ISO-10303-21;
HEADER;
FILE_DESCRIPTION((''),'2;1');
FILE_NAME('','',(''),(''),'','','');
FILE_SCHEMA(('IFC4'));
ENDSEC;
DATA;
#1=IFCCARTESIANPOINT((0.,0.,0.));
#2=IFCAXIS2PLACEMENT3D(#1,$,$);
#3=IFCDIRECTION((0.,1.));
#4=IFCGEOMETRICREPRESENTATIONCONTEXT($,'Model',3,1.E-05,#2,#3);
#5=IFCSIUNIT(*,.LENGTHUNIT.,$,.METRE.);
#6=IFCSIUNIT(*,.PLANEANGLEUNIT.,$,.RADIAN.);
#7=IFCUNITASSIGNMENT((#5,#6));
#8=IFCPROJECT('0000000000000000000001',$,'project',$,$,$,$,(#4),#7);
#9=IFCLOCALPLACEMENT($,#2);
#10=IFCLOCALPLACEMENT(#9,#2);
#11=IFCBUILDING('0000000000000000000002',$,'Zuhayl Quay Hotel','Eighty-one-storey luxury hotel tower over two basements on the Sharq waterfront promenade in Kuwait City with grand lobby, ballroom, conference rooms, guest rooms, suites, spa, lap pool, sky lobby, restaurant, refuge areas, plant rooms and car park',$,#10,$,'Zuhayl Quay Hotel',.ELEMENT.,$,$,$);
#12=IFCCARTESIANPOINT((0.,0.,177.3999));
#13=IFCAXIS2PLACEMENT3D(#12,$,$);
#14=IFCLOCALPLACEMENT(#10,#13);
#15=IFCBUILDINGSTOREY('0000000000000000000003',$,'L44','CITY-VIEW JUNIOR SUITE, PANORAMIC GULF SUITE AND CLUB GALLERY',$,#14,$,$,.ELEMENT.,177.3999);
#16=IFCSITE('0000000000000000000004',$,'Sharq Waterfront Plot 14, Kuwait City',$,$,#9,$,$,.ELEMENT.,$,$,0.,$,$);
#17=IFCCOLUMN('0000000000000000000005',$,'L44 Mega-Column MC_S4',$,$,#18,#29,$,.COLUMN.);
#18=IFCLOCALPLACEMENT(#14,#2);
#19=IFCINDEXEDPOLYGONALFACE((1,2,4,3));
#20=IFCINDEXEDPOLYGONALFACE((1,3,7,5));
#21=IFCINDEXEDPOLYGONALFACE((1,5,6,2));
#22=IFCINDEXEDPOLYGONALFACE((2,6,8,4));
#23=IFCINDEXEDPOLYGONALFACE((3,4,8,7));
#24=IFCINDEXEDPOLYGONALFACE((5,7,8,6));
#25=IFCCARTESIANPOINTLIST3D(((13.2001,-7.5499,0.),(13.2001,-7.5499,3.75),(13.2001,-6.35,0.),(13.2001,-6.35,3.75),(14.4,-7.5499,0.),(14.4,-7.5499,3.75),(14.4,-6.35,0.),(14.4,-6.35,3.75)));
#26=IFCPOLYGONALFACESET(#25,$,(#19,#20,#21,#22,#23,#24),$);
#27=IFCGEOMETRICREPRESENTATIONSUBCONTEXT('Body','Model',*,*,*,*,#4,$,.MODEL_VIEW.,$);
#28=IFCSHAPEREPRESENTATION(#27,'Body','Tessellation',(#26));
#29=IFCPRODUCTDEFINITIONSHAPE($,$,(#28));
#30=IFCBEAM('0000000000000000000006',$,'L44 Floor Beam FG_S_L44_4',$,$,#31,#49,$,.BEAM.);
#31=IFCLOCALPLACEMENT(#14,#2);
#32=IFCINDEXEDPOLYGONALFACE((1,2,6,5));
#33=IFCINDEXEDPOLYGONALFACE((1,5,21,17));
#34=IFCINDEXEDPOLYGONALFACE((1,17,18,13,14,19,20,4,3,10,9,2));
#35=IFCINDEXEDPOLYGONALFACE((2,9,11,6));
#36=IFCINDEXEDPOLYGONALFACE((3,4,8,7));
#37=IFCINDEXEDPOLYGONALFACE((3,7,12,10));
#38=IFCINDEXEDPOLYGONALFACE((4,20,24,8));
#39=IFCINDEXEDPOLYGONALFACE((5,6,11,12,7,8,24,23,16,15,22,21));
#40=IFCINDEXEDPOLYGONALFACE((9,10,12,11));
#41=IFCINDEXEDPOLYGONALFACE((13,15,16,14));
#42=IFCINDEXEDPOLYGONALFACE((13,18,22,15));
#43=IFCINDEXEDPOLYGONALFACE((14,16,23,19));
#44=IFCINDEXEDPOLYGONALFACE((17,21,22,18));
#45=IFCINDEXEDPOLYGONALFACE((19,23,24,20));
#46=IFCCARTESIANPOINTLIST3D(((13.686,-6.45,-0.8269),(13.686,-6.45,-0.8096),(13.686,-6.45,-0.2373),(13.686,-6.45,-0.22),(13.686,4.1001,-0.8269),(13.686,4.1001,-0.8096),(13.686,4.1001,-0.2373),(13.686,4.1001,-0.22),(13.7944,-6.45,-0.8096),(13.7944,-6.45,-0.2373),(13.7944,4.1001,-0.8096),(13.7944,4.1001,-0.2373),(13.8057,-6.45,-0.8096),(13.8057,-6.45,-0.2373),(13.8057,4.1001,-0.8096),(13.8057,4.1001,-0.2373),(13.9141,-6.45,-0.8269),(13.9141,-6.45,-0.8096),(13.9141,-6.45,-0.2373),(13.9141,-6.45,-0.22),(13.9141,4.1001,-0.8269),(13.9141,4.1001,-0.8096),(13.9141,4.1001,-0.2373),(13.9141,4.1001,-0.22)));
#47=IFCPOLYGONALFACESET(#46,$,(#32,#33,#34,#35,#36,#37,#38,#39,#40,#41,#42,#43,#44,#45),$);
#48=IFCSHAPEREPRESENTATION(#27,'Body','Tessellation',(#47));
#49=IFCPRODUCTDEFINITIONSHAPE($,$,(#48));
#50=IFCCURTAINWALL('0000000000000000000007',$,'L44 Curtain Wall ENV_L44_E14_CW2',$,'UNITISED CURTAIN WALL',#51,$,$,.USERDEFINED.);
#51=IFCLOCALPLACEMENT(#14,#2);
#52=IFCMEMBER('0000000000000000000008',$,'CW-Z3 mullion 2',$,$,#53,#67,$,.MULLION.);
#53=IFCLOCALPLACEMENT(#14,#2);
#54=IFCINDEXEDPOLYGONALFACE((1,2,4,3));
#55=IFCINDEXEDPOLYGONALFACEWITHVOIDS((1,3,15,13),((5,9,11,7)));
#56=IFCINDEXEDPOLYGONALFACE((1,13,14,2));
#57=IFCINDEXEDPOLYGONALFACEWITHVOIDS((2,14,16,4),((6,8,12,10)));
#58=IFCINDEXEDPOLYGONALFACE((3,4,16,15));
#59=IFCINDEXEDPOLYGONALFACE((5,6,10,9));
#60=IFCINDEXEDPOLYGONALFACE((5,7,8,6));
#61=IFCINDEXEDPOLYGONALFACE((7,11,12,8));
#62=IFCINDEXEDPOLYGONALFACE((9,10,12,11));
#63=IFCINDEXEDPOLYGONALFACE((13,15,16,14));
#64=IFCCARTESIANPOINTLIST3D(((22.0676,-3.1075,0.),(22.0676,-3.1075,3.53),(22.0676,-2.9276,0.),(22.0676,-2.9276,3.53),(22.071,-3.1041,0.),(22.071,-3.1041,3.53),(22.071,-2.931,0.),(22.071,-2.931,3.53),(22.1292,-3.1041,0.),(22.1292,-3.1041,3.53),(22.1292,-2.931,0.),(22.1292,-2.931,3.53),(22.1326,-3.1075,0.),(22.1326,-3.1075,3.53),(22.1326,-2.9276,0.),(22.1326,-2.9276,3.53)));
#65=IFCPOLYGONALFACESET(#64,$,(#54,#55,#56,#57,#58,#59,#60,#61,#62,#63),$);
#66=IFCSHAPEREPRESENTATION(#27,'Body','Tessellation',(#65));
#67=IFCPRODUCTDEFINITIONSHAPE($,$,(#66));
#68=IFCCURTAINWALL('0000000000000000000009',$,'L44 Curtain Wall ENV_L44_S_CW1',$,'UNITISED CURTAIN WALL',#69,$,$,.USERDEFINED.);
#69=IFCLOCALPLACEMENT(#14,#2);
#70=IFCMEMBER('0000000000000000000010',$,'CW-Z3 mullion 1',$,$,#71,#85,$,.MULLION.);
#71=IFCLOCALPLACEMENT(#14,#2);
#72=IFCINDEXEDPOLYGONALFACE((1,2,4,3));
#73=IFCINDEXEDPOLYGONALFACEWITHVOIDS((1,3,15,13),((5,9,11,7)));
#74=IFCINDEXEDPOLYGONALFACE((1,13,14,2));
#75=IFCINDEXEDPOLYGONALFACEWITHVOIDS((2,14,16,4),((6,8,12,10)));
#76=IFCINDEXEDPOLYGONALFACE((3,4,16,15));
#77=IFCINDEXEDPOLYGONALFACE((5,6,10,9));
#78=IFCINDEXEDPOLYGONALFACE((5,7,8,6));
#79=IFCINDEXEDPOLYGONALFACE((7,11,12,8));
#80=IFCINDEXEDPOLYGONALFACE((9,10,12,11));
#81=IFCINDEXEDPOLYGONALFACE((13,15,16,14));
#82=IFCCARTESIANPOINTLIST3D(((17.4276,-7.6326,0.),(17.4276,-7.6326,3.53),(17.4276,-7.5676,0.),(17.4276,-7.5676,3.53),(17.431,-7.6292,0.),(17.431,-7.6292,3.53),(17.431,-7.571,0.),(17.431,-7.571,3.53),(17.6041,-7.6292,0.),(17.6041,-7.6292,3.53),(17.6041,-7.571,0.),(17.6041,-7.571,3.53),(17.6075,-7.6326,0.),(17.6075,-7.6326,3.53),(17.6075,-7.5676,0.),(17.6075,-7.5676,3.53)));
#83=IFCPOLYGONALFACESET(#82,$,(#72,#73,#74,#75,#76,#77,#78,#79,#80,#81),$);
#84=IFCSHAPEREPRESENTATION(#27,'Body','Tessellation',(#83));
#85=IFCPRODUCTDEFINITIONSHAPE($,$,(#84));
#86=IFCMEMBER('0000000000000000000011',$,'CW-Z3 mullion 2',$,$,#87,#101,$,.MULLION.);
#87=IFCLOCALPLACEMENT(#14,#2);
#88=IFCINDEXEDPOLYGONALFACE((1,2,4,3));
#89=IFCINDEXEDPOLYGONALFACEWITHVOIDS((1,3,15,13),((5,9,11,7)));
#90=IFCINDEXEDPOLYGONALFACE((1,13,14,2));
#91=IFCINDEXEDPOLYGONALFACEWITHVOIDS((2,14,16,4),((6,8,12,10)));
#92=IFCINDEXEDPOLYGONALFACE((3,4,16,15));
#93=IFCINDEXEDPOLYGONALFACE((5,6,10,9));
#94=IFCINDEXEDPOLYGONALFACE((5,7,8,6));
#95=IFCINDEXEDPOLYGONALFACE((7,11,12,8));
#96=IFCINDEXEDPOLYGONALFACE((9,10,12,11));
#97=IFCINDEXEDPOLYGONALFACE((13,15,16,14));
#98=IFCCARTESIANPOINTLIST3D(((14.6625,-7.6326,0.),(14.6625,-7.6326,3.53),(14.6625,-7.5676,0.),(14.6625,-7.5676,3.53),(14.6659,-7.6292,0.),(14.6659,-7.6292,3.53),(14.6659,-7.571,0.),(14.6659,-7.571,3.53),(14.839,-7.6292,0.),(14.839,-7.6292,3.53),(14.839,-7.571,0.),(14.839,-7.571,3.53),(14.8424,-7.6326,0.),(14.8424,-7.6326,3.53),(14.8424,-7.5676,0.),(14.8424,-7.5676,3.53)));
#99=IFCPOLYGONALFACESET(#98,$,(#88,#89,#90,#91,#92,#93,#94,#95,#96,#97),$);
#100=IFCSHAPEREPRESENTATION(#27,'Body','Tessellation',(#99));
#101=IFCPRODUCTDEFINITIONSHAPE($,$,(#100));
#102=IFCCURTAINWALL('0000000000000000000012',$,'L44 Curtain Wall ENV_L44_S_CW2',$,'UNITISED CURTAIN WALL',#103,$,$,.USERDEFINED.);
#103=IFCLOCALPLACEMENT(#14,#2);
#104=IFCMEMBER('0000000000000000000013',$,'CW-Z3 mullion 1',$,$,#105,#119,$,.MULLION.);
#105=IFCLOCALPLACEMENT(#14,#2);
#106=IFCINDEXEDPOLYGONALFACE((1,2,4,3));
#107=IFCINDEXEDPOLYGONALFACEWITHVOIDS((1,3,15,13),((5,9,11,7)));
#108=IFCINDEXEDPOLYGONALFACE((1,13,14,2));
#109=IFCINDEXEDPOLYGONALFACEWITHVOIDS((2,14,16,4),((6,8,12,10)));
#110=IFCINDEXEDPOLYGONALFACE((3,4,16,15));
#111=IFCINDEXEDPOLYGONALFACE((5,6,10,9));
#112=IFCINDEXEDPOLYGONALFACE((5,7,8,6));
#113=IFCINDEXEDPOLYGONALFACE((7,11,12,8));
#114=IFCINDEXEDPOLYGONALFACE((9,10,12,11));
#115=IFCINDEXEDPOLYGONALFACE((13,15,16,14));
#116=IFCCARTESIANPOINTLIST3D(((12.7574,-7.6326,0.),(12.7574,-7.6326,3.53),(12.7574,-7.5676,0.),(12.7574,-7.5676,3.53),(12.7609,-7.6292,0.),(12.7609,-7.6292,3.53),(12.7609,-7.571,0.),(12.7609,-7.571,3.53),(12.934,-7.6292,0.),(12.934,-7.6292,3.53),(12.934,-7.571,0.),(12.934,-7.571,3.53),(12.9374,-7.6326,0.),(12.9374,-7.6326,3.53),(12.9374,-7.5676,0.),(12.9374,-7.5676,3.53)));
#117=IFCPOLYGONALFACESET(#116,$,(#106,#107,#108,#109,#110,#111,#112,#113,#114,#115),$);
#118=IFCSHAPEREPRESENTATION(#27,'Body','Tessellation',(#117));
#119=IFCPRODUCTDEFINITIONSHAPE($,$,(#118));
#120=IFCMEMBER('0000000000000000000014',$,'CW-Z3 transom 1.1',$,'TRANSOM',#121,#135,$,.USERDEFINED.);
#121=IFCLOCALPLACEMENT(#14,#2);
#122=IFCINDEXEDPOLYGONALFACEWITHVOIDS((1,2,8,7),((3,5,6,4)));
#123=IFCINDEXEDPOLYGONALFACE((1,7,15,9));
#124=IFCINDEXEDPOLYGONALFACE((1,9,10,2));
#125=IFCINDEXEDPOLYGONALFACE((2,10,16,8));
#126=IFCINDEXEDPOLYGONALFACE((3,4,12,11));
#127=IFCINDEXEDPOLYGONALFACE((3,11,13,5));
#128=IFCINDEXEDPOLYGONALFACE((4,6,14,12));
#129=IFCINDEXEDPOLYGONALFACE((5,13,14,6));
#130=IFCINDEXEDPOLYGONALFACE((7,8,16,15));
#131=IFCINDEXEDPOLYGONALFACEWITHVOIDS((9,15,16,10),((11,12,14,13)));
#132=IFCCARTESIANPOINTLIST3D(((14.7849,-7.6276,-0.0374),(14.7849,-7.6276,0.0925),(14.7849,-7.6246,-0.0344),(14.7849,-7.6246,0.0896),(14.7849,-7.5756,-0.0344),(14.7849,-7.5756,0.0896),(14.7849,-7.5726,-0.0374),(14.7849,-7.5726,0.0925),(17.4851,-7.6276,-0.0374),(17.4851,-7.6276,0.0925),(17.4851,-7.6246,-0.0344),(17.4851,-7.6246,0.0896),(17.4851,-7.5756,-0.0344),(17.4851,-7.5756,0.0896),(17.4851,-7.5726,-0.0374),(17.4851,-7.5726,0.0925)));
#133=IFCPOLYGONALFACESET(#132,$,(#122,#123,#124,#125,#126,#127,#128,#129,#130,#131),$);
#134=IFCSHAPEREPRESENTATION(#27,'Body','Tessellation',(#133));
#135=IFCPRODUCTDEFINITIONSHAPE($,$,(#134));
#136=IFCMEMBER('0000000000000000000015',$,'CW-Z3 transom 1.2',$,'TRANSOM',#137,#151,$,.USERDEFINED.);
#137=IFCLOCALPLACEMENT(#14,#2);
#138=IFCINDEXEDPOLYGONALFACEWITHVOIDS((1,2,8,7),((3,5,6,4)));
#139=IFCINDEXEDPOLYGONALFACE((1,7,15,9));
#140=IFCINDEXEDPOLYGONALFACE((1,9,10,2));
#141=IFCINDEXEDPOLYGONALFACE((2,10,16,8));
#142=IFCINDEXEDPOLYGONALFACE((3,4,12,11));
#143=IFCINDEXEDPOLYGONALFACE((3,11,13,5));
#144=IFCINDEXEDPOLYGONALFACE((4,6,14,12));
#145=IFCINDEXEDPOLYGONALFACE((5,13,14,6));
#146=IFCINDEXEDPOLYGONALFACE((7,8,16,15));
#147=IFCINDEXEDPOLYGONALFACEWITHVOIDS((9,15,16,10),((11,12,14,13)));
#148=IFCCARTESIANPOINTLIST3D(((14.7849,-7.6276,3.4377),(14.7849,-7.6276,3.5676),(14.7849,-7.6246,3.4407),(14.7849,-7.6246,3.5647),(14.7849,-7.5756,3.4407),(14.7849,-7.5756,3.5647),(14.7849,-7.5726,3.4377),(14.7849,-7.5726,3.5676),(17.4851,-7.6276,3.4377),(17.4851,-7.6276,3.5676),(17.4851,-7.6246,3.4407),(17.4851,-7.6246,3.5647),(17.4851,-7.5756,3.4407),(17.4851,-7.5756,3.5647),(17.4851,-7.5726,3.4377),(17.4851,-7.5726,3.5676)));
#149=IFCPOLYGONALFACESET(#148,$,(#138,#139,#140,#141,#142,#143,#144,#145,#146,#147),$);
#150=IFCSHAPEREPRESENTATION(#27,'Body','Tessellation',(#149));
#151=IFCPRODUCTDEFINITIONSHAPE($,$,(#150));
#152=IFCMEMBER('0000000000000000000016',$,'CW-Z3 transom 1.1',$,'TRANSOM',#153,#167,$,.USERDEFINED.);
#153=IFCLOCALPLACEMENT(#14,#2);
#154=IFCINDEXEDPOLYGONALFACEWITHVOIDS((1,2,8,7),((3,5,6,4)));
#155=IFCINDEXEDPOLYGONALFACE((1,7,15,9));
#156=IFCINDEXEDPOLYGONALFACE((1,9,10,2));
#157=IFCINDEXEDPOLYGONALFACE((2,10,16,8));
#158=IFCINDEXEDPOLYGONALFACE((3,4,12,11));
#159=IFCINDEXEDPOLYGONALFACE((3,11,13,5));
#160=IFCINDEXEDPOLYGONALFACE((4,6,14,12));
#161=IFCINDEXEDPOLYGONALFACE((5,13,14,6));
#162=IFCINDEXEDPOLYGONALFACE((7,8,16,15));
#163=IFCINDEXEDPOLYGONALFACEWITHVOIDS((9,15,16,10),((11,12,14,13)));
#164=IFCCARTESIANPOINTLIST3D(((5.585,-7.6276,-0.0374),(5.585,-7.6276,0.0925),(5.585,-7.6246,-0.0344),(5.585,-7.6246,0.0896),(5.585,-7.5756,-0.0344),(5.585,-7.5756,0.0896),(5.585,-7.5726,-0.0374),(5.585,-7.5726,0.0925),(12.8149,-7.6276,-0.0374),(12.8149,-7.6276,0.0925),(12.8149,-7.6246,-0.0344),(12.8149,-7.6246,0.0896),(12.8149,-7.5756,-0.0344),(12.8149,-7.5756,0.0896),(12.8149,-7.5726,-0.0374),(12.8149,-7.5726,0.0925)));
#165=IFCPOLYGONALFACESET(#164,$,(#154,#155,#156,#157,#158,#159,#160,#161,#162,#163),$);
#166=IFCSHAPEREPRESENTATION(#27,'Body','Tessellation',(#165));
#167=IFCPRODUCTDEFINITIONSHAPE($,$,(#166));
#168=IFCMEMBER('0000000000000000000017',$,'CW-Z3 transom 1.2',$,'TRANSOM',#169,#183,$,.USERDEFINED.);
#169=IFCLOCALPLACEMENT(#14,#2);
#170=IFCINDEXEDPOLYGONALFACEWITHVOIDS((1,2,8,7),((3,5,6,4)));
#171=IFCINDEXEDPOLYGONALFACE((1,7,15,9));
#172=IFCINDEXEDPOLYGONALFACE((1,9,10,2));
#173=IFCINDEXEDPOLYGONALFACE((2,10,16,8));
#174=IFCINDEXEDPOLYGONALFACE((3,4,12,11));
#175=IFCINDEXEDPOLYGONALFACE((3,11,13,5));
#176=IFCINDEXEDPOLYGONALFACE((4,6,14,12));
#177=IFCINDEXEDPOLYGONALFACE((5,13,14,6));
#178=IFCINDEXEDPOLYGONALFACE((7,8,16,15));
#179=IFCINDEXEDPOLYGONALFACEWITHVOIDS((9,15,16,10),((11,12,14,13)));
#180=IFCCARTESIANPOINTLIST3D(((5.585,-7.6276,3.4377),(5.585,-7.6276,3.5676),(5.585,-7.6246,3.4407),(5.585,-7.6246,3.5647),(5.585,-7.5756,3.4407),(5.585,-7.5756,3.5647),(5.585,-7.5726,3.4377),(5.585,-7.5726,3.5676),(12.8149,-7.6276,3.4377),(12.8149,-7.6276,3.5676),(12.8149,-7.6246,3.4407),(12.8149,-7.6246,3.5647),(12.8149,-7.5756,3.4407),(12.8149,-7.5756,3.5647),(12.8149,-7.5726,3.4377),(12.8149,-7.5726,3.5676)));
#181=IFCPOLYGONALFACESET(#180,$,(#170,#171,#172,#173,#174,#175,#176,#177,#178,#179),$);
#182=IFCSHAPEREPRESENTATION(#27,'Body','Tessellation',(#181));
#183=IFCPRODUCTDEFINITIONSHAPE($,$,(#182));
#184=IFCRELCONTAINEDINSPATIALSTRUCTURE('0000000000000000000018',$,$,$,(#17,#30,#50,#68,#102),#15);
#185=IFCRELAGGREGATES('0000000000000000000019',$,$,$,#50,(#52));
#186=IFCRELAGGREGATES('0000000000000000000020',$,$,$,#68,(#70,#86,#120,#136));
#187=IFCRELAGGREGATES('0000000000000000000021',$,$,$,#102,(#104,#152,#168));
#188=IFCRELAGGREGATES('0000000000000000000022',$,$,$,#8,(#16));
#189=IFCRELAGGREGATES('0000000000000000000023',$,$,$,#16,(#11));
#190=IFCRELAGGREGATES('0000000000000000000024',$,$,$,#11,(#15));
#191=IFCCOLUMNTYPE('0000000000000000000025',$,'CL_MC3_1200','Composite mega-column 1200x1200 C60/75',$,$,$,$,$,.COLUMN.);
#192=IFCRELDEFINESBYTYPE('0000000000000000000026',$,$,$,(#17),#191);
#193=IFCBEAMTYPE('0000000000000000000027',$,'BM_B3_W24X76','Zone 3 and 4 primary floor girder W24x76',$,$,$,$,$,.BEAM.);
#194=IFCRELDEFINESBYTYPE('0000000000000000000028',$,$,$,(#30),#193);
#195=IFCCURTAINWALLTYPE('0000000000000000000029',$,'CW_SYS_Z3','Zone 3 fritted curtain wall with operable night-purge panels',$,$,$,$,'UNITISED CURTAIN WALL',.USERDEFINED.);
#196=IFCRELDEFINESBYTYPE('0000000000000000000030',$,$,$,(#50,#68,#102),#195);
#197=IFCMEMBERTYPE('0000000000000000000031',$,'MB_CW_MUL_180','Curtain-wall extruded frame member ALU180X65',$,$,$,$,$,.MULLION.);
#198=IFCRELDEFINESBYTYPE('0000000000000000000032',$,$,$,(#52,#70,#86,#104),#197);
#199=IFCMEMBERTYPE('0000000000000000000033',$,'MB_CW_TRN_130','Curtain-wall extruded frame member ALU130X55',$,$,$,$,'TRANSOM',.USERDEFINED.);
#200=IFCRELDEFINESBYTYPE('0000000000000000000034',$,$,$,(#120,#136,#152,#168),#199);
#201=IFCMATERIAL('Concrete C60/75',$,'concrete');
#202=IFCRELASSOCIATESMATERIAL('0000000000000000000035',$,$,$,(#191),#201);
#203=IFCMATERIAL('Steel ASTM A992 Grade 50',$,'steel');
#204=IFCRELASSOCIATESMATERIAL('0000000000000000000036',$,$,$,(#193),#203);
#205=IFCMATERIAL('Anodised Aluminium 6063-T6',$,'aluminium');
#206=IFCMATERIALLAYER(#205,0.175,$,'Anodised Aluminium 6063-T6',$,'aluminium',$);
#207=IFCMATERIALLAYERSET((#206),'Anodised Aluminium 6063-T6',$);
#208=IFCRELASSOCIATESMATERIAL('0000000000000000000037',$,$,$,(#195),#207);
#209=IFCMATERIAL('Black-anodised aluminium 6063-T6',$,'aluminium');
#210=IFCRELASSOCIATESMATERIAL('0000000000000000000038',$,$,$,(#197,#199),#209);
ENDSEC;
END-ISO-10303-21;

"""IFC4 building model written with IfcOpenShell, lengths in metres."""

from ifc_helpers import new_model, si_unit, direction, frame, origin, origin_2d, place, context, subcontext, project, spatial, rectangle, hollow_rectangle, i_section, extrude, material, layer, layer_set, material_profile, profile_set, type_object, element, aggregate, save


model = new_model("IFC4")

# Units and contexts
model_context = context("Model", 3, precision=1e-05, world=origin(), true_north=direction((0.0, 1.0)))
body_context = subcontext(model_context, "Body", "Model", "MODEL_VIEW")
ifc_project = project(units=[si_unit("LENGTHUNIT", "METRE"), si_unit("PLANEANGLEUNIT", "RADIAN")], contexts=[model_context])

# Site, building, storey
site_placement = place(None, origin())
site = spatial("IfcSite", under=ifc_project, at=site_placement, Name="Sharq Waterfront Plot 14, Kuwait City", CompositionType="ELEMENT", RefElevation=0.0)
building_placement = place(site_placement, origin())
building = spatial("IfcBuilding", under=site, at=building_placement, Name="Zuhayl Quay Hotel", Description="Eighty-one-storey luxury hotel tower over two basements on the Sharq waterfront promenade in Kuwait City with grand lobby, ballroom, conference rooms, guest rooms, suites, spa, lap pool, sky lobby, restaurant, refuge areas, plant rooms and car park", LongName="Zuhayl Quay Hotel", CompositionType="ELEMENT")
storey_placement = place(building_placement, frame((0.0, 0.0, 177.3999)))
storey = spatial("IfcBuildingStorey", under=building, at=storey_placement, Name="L44", Description="CITY-VIEW JUNIOR SUITE, PANORAMIC GULF SUITE AND CLUB GALLERY", CompositionType="ELEMENT", Elevation=177.3999)

# Column
ifc_material_1 = material(Name="Concrete C60/75", Category="concrete")
ifc_material_profile_1 = material_profile(ifc_material_1, rectangle(XDim=1.2, YDim=1.2, at=origin_2d()), Name="RC1200X1200")
ifc_profile_set_1 = profile_set([ifc_material_profile_1], Name="Concrete C60/75")
column_type = type_object("IfcColumnType", Name="CL_MC3_1200", Description="Composite mega-column 1200x1200 C60/75", PredefinedType="COLUMN", material=ifc_profile_set_1)
column_placement = place(storey_placement, frame((13.8, -6.95, 0.0), z_axis=(0.0, 0.0, 1.0), x_axis=(1.0, 0.0, 0.0)))
element("IfcColumn", 1, at=column_placement, inside=storey, type_object=column_type, Name="L44 Mega-Column MC_S4", PredefinedType="COLUMN", context=body_context, shape_type="SweptSolid", body=[
    extrude(rectangle(XDim=1.2, YDim=1.2, at=origin_2d()), origin(), (0.0, 0.0, 1.0), 3.75),
])

# Beam
ifc_material_2 = material(Name="Steel ASTM A992 Grade 50", Category="steel")
ifc_material_profile_2 = material_profile(ifc_material_2, i_section(OverallWidth=0.228, OverallDepth=0.6069, WebThickness=0.0112, FlangeThickness=0.0173, at=origin_2d()), Name="W24X76")
ifc_profile_set_2 = profile_set([ifc_material_profile_2], Name="Steel ASTM A992 Grade 50")
beam_type = type_object("IfcBeamType", Name="BM_B3_W24X76", Description="Zone 3 and 4 primary floor girder W24x76", PredefinedType="BEAM", material=ifc_profile_set_2)
beam_placement = place(storey_placement, frame((13.8, -6.45, -0.5234), z_axis=(0.0, 1.0, 0.0), x_axis=(-1.0, 0.0, 0.0)))
element("IfcBeam", 2, at=beam_placement, inside=storey, type_object=beam_type, Name="L44 Floor Beam FG_S_L44_4", PredefinedType="BEAM", context=body_context, shape_type="SweptSolid", body=[
    extrude(i_section(OverallWidth=0.228, OverallDepth=0.6069, WebThickness=0.0112, FlangeThickness=0.0173, at=origin_2d()), origin(), (0.0, 0.0, 1.0), 10.55),
])

# Curtain wall, member
ifc_material_3 = material(Name="Anodised Aluminium 6063-T6", Category="aluminium")
ifc_layer_1 = layer(ifc_material_3, 0.175, Name="Anodised Aluminium 6063-T6", Category="aluminium")
ifc_layer_set_1 = layer_set([ifc_layer_1], Name="Anodised Aluminium 6063-T6")
curtain_wall_type = type_object("IfcCurtainWallType", Name="CW_SYS_Z3", Description="Zone 3 fritted curtain wall with operable night-purge panels", ElementType="UNITISED CURTAIN WALL", PredefinedType="USERDEFINED", material=ifc_layer_set_1)
curtain_wall_1_placement = place(storey_placement, origin())
curtain_wall_1 = element("IfcCurtainWall", 3, at=curtain_wall_1_placement, inside=storey, type_object=curtain_wall_type, Name="L44 Curtain Wall ENV_L44_E14_CW2", ObjectType="UNITISED CURTAIN WALL", PredefinedType="USERDEFINED")
ifc_material_4 = material(Name="Black-anodised aluminium 6063-T6", Category="aluminium")
ifc_material_profile_3 = material_profile(ifc_material_4, hollow_rectangle(XDim=0.0649, YDim=0.1799, WallThickness=0.0034, at=origin_2d()), Name="ALU180X65")
ifc_profile_set_3 = profile_set([ifc_material_profile_3], Name="Black-anodised aluminium 6063-T6")
member_type_1 = type_object("IfcMemberType", Name="MB_CW_MUL_180", Description="Curtain-wall extruded frame member ALU180X65", PredefinedType="MULLION", material=ifc_profile_set_3)
member_1_placement = place(storey_placement, frame((22.1001, -3.0176, 0.0), z_axis=(0.0, 0.0, 1.0), x_axis=(1.0, 0.0, 0.0)))
member_1 = element("IfcMember", 4, at=member_1_placement, type_object=member_type_1, Name="CW-Z3 mullion 2", PredefinedType="MULLION", context=body_context, shape_type="SweptSolid", body=[
    extrude(hollow_rectangle(XDim=0.0649, YDim=0.1799, WallThickness=0.0034, at=origin_2d()), origin(), (0.0, 0.0, 1.0), 3.53),
])

# Curtain wall, members
curtain_wall_2_placement = place(storey_placement, origin())
curtain_wall_2 = element("IfcCurtainWall", 5, at=curtain_wall_2_placement, inside=storey, type_object=curtain_wall_type, Name="L44 Curtain Wall ENV_L44_S_CW1", ObjectType="UNITISED CURTAIN WALL", PredefinedType="USERDEFINED")
member_2_placement = place(storey_placement, frame((17.5176, -7.6001, 0.0), z_axis=(0.0, 0.0, 1.0), x_axis=(0.0, -1.0, 0.0)))
member_2 = element("IfcMember", 6, at=member_2_placement, type_object=member_type_1, Name="CW-Z3 mullion 1", PredefinedType="MULLION", context=body_context, shape_type="SweptSolid", body=[
    extrude(hollow_rectangle(XDim=0.0649, YDim=0.1799, WallThickness=0.0034, at=origin_2d()), origin(), (0.0, 0.0, 1.0), 3.53),
])
member_3_placement = place(storey_placement, frame((14.7524, -7.6001, 0.0), z_axis=(0.0, 0.0, 1.0), x_axis=(0.0, -1.0, 0.0)))
member_3 = element("IfcMember", 7, at=member_3_placement, type_object=member_type_1, Name="CW-Z3 mullion 2", PredefinedType="MULLION", context=body_context, shape_type="SweptSolid", body=[
    extrude(hollow_rectangle(XDim=0.0649, YDim=0.1799, WallThickness=0.0034, at=origin_2d()), origin(), (0.0, 0.0, 1.0), 3.53),
])

# Curtain wall, member
curtain_wall_3_placement = place(storey_placement, origin())
curtain_wall_3 = element("IfcCurtainWall", 8, at=curtain_wall_3_placement, inside=storey, type_object=curtain_wall_type, Name="L44 Curtain Wall ENV_L44_S_CW2", ObjectType="UNITISED CURTAIN WALL", PredefinedType="USERDEFINED")
member_4_placement = place(storey_placement, frame((12.8474, -7.6001, 0.0), z_axis=(0.0, 0.0, 1.0), x_axis=(0.0, -1.0, 0.0)))
member_4 = element("IfcMember", 9, at=member_4_placement, type_object=member_type_1, Name="CW-Z3 mullion 1", PredefinedType="MULLION", context=body_context, shape_type="SweptSolid", body=[
    extrude(hollow_rectangle(XDim=0.0649, YDim=0.1799, WallThickness=0.0034, at=origin_2d()), origin(), (0.0, 0.0, 1.0), 3.53),
])

# Members
ifc_material_profile_4 = material_profile(ifc_material_4, hollow_rectangle(XDim=0.0549, YDim=0.1299, WallThickness=0.0029, at=origin_2d()), Name="ALU130X55")
ifc_profile_set_4 = profile_set([ifc_material_profile_4], Name="Black-anodised aluminium 6063-T6")
member_type_2 = type_object("IfcMemberType", Name="MB_CW_TRN_130", Description="Curtain-wall extruded frame member ALU130X55", ElementType="TRANSOM", PredefinedType="USERDEFINED", material=ifc_profile_set_4)
member_5_placement = place(storey_placement, frame((17.4851, -7.6001, 0.0276), z_axis=(-1.0, 0.0, 0.0), x_axis=(0.0, -1.0, 0.0)))
member_5 = element("IfcMember", 10, at=member_5_placement, type_object=member_type_2, Name="CW-Z3 transom 1.1", ObjectType="TRANSOM", PredefinedType="USERDEFINED", context=body_context, shape_type="SweptSolid", body=[
    extrude(hollow_rectangle(XDim=0.0549, YDim=0.1299, WallThickness=0.0029, at=origin_2d()), origin(), (0.0, 0.0, 1.0), 2.7002),
])
member_6_placement = place(storey_placement, frame((17.4851, -7.6001, 3.5027), z_axis=(-1.0, 0.0, 0.0), x_axis=(0.0, -1.0, 0.0)))
member_6 = element("IfcMember", 11, at=member_6_placement, type_object=member_type_2, Name="CW-Z3 transom 1.2", ObjectType="TRANSOM", PredefinedType="USERDEFINED", context=body_context, shape_type="SweptSolid", body=[
    extrude(hollow_rectangle(XDim=0.0549, YDim=0.1299, WallThickness=0.0029, at=origin_2d()), origin(), (0.0, 0.0, 1.0), 2.7002),
])
member_7_placement = place(storey_placement, frame((12.8149, -7.6001, 0.0276), z_axis=(-1.0, 0.0, 0.0), x_axis=(0.0, -1.0, 0.0)))
member_7 = element("IfcMember", 12, at=member_7_placement, type_object=member_type_2, Name="CW-Z3 transom 1.1", ObjectType="TRANSOM", PredefinedType="USERDEFINED", context=body_context, shape_type="SweptSolid", body=[
    extrude(hollow_rectangle(XDim=0.0549, YDim=0.1299, WallThickness=0.0029, at=origin_2d()), origin(), (0.0, 0.0, 1.0), 7.23),
])
member_8_placement = place(storey_placement, frame((12.8149, -7.6001, 3.5027), z_axis=(-1.0, 0.0, 0.0), x_axis=(0.0, -1.0, 0.0)))
member_8 = element("IfcMember", 13, at=member_8_placement, type_object=member_type_2, Name="CW-Z3 transom 1.2", ObjectType="TRANSOM", PredefinedType="USERDEFINED", context=body_context, shape_type="SweptSolid", body=[
    extrude(hollow_rectangle(XDim=0.0549, YDim=0.1299, WallThickness=0.0029, at=origin_2d()), origin(), (0.0, 0.0, 1.0), 7.23),
])

aggregate(curtain_wall_1, [member_1])
aggregate(curtain_wall_2, [member_2, member_3, member_5, member_6])
aggregate(curtain_wall_3, [member_4, member_7, member_8])

save(model, "model.ifc")
